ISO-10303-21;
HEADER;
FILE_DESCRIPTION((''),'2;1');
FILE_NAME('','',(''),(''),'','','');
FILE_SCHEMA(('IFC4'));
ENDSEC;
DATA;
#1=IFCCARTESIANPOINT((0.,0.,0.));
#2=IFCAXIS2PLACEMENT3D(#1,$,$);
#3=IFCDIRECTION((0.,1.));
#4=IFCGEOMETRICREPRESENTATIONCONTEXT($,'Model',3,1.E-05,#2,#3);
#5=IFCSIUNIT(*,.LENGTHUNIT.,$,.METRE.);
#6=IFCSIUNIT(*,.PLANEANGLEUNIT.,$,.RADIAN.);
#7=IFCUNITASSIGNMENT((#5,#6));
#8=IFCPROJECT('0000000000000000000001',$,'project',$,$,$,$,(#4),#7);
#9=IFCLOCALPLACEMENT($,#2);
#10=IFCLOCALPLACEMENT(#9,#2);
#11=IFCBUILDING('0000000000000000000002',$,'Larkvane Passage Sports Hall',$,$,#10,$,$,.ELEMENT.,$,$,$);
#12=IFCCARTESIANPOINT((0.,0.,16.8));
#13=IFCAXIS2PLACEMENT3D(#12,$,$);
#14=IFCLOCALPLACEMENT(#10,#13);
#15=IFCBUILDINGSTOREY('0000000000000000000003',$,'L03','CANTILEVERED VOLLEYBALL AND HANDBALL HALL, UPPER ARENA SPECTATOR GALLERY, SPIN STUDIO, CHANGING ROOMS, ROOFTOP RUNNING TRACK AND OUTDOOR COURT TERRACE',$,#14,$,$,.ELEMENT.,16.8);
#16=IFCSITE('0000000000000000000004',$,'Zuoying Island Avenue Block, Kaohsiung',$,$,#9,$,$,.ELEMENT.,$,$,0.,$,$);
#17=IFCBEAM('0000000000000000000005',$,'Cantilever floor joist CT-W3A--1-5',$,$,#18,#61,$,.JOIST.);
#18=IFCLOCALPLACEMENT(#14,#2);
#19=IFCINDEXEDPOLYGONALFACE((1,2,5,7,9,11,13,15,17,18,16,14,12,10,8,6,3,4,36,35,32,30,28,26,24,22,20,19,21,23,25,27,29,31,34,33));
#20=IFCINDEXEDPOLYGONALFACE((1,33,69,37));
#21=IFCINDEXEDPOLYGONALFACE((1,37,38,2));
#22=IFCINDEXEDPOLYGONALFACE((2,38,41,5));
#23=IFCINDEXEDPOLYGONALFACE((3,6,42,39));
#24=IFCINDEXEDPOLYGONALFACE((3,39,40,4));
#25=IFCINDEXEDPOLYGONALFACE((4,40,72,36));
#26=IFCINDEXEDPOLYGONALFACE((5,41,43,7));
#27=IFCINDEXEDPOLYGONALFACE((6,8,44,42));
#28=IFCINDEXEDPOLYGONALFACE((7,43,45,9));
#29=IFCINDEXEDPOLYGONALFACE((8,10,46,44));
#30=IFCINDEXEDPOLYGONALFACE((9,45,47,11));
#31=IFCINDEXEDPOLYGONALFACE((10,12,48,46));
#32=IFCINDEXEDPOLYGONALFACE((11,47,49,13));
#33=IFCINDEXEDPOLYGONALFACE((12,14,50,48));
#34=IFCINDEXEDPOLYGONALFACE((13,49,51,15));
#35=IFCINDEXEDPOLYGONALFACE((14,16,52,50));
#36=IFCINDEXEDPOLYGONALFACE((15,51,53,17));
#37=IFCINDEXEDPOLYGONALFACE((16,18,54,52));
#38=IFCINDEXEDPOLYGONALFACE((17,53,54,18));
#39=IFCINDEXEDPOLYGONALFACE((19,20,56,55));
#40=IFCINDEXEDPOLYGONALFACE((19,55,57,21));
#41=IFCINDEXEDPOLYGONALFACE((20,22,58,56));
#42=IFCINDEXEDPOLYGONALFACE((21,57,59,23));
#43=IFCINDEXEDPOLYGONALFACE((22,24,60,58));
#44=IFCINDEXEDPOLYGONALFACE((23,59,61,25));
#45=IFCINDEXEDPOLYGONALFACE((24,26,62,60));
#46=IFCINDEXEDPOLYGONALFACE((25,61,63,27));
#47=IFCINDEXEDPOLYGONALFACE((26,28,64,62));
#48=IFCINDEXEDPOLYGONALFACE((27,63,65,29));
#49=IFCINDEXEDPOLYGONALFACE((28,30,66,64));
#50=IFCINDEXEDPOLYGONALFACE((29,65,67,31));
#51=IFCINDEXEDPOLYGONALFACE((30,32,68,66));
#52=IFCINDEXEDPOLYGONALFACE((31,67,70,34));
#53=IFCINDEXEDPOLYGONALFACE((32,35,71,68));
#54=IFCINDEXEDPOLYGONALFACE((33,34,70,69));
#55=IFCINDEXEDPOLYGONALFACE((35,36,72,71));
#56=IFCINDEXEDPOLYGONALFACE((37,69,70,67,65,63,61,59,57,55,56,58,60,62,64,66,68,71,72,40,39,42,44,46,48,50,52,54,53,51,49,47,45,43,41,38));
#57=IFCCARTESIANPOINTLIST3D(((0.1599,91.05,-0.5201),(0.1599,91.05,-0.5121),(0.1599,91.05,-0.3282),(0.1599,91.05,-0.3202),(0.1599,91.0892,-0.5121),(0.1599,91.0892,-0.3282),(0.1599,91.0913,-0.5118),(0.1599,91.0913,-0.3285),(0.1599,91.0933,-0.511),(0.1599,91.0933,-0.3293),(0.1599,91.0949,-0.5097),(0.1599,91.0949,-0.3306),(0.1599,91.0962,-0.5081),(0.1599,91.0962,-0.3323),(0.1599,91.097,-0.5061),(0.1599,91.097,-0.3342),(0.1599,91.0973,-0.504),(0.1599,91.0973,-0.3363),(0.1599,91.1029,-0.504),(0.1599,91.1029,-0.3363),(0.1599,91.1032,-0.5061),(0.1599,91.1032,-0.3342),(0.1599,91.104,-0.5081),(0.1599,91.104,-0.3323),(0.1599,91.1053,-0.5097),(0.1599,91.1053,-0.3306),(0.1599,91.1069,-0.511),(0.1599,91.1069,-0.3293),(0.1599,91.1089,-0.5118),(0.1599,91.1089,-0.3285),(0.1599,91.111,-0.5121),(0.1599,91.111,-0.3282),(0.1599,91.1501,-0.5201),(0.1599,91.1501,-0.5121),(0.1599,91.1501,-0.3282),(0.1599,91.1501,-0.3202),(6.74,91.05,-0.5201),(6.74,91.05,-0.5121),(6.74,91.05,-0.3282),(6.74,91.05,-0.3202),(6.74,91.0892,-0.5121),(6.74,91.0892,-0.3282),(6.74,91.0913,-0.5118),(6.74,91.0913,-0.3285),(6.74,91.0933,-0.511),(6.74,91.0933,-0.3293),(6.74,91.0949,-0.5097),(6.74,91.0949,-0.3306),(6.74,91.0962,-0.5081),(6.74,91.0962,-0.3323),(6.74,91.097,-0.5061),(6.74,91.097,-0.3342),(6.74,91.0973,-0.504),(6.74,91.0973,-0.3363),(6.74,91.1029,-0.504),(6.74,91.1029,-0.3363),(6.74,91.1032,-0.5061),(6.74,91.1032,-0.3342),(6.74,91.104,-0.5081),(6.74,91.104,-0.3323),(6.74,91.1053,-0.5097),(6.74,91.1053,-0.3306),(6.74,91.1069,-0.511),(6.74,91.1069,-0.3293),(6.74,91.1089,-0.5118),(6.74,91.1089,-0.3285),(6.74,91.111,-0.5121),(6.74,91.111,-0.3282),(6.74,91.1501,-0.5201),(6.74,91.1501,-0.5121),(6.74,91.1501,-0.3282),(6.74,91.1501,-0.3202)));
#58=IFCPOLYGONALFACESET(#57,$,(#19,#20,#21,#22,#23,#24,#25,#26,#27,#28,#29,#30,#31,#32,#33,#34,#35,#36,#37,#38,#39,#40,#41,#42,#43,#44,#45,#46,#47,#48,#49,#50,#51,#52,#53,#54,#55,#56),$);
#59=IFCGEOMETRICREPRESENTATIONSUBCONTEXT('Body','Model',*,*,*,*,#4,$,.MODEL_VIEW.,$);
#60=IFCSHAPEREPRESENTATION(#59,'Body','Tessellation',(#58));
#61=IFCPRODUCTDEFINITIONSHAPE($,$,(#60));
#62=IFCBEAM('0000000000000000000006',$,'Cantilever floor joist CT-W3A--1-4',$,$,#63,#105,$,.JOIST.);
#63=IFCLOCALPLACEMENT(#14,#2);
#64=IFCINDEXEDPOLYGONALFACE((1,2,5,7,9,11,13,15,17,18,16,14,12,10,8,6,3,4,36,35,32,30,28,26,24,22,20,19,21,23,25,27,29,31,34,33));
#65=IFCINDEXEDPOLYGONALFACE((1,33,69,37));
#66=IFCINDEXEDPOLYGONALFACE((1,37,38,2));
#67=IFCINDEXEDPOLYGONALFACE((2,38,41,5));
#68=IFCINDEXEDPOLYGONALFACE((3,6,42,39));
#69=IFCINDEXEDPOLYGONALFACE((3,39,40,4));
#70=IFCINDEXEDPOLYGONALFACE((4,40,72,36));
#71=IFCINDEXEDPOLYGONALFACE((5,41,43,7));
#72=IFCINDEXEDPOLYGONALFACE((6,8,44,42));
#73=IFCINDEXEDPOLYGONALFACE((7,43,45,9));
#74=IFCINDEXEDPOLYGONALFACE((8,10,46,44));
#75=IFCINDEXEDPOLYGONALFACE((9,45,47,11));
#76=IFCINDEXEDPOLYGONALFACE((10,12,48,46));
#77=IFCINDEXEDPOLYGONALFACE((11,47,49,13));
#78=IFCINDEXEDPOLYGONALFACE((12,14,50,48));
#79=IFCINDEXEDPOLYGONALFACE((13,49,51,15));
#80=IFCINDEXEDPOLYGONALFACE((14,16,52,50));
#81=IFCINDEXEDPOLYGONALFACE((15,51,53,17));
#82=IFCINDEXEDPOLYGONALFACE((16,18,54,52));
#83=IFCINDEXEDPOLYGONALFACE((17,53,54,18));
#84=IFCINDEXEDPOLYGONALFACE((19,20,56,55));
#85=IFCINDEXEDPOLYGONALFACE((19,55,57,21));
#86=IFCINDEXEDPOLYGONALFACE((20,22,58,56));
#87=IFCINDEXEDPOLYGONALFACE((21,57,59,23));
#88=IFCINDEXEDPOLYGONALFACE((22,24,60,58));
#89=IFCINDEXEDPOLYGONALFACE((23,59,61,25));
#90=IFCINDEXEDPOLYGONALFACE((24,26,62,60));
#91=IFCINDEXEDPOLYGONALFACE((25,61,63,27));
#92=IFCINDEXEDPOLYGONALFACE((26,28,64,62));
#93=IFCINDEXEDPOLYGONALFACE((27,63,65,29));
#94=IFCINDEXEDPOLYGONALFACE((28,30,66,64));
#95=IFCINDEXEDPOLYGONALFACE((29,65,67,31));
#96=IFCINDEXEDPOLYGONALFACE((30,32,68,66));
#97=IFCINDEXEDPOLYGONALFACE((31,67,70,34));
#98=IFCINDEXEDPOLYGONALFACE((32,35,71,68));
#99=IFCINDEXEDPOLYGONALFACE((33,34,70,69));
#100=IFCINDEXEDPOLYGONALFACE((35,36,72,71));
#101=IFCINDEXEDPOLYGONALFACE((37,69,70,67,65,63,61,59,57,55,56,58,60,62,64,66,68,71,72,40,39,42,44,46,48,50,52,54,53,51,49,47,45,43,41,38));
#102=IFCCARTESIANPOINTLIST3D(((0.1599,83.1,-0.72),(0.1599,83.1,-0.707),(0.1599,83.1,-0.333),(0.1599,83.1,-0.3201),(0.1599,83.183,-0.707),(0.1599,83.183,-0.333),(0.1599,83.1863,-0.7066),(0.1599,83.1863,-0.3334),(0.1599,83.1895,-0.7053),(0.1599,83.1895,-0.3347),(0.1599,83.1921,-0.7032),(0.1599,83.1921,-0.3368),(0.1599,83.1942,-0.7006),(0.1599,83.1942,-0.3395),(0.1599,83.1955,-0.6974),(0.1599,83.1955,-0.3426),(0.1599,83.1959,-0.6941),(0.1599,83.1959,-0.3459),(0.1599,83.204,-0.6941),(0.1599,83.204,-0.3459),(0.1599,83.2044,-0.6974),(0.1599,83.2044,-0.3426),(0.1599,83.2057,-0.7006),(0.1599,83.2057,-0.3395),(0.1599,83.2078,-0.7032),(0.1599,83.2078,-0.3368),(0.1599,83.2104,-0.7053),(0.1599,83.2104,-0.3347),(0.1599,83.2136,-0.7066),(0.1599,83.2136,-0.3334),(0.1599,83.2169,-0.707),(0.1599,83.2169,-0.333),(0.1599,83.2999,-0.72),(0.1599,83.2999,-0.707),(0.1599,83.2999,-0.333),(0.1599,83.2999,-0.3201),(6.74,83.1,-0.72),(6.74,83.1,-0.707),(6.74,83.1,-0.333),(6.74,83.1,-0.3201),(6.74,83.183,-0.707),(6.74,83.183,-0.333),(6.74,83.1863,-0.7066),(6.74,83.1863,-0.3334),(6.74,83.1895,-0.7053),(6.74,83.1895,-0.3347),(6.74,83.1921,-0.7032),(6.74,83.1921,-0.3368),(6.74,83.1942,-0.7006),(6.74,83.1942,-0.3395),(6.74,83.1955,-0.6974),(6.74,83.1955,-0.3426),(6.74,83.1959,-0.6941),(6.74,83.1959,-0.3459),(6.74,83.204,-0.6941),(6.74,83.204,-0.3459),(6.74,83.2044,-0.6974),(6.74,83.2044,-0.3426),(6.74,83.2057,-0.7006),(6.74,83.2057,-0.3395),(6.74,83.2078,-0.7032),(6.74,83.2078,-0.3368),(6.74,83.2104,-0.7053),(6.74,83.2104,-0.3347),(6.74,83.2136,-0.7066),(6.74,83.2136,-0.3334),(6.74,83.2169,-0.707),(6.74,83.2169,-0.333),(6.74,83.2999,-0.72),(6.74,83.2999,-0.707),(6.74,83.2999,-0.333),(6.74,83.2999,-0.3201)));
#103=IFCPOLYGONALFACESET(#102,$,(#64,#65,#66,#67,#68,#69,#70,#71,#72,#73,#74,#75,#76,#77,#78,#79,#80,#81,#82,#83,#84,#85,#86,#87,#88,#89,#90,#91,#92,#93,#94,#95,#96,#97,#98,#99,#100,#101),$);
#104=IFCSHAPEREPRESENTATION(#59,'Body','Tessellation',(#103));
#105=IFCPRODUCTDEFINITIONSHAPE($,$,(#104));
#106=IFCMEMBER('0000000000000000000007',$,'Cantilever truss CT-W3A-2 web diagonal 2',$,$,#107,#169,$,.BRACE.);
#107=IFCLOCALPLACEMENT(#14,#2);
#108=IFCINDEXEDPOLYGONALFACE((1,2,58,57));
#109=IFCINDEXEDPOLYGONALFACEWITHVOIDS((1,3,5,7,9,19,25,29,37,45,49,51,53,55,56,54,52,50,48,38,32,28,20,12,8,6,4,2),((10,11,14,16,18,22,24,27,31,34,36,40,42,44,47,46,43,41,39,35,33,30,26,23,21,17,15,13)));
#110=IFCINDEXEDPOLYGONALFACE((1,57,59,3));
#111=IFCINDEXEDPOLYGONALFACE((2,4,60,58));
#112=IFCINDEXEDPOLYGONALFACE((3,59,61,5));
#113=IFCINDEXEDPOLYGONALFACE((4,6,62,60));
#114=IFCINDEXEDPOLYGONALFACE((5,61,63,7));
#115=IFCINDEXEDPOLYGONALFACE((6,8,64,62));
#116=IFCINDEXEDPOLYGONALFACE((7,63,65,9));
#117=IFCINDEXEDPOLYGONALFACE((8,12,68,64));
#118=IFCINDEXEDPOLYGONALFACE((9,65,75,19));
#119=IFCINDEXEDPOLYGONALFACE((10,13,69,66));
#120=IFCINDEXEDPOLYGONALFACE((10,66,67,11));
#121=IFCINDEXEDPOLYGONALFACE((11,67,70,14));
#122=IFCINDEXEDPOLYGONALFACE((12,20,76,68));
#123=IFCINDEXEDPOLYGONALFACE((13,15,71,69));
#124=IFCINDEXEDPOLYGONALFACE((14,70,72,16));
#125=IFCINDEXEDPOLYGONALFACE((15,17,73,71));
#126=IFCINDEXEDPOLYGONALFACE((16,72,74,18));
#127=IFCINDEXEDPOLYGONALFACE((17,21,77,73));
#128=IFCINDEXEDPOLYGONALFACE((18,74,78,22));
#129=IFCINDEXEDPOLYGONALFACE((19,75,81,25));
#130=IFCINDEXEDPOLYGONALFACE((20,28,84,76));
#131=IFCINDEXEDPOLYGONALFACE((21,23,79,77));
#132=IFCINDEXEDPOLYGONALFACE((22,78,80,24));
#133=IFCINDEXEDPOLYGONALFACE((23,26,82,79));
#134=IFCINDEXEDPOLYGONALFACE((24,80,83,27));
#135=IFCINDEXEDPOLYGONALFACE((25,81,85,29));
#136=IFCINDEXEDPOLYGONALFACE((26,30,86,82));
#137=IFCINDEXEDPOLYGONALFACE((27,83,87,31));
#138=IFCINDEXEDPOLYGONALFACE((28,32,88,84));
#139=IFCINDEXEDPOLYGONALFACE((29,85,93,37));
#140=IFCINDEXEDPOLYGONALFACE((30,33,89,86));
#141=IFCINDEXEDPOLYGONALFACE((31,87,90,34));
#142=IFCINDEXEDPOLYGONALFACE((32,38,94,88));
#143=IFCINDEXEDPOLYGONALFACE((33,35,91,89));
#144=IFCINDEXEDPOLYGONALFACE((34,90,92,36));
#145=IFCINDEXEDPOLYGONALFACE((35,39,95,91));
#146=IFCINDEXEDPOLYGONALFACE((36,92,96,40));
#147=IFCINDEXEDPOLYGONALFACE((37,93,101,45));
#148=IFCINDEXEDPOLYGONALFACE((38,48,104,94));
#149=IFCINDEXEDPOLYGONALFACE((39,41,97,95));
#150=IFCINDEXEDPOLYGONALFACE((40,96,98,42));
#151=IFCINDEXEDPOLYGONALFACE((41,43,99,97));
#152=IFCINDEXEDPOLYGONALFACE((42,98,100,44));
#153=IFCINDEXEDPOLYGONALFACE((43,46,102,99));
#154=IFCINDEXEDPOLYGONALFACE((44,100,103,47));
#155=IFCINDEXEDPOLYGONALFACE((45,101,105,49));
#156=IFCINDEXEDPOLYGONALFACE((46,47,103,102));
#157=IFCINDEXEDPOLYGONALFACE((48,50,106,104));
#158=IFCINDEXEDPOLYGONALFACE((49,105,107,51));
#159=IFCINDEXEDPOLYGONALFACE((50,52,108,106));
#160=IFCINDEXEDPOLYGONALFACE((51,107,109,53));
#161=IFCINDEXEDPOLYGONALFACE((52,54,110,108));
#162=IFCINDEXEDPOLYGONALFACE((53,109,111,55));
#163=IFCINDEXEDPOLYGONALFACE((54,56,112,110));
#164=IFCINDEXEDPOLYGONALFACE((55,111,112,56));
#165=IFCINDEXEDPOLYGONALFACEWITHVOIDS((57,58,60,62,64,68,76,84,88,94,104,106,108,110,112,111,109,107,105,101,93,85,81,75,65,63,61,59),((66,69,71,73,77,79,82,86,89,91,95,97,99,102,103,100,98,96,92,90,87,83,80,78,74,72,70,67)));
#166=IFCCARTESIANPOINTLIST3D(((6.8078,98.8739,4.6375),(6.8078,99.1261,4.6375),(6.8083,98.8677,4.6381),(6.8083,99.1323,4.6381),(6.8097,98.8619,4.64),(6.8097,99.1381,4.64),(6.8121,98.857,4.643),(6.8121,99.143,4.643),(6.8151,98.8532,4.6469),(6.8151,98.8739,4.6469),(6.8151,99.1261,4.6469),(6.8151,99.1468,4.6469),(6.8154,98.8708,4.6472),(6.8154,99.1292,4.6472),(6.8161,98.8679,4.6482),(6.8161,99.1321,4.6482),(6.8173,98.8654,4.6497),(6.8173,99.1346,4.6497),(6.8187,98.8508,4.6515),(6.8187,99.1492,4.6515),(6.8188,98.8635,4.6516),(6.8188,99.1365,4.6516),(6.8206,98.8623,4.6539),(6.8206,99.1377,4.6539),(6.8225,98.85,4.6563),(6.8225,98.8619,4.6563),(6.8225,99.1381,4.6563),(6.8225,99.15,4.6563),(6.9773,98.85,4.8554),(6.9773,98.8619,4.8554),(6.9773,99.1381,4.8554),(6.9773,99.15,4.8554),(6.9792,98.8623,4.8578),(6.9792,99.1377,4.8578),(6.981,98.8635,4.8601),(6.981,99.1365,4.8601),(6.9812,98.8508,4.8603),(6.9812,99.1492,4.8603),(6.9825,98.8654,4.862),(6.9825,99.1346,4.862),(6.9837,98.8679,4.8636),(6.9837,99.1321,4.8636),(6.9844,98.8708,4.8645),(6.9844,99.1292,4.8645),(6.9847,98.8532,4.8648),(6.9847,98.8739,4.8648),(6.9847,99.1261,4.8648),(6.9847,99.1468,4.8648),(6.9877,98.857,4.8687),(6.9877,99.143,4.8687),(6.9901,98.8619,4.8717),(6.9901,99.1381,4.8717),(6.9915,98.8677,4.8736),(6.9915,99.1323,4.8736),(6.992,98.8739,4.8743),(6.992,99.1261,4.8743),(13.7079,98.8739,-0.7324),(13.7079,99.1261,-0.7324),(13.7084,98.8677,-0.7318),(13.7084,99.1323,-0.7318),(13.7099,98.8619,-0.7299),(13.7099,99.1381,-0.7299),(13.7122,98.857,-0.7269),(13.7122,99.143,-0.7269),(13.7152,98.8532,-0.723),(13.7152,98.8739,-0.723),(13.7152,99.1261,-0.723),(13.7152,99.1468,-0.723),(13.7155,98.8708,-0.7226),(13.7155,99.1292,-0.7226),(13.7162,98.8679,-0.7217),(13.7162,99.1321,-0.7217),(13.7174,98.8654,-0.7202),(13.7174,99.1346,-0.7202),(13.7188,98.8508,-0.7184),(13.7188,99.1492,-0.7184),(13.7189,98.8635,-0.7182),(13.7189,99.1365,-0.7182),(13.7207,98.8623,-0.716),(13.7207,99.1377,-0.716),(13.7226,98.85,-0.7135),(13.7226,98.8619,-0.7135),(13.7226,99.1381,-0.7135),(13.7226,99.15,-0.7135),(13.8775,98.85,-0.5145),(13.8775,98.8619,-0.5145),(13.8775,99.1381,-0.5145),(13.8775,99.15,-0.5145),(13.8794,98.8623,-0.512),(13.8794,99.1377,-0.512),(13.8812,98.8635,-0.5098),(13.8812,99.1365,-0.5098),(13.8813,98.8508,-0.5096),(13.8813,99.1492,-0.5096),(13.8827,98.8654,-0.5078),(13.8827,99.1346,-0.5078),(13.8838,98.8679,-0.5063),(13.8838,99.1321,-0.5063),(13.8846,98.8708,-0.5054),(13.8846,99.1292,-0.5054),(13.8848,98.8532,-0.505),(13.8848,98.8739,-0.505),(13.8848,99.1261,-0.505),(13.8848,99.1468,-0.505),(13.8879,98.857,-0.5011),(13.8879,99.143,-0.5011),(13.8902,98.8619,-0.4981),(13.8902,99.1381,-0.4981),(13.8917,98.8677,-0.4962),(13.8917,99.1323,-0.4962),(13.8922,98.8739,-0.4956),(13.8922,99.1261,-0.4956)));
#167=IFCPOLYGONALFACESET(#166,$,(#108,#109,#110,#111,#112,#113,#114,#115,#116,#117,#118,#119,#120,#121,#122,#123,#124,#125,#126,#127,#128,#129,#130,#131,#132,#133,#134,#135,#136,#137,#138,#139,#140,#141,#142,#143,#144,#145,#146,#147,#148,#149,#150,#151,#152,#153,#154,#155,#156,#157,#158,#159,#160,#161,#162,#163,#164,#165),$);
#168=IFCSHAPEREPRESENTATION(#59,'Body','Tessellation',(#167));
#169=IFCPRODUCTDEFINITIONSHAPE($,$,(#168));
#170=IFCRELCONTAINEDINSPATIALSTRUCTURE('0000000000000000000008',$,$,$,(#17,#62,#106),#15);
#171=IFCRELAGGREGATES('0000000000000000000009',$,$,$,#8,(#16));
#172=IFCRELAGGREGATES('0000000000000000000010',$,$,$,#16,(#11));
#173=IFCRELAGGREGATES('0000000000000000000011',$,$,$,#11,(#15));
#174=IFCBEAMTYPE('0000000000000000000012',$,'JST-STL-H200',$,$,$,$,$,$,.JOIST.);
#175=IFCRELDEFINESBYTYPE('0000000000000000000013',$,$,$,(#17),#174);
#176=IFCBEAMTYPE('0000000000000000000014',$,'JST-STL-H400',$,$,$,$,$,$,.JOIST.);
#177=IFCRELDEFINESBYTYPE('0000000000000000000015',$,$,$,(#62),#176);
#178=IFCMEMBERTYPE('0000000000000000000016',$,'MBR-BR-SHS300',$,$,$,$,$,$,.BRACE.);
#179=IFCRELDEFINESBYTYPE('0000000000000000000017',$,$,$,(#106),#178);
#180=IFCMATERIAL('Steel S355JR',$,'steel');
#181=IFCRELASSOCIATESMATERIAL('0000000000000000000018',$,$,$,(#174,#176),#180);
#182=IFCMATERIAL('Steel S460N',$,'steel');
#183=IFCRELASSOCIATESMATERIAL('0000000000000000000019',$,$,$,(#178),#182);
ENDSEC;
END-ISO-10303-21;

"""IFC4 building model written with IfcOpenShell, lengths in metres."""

from ifc_helpers import new_model, si_unit, direction, frame, origin, origin_2d, place, context, subcontext, project, spatial, hollow_rectangle, i_section, extrude, material, material_profile, profile_set, type_object, element, save


model = new_model("IFC4")

# Units and contexts
model_context = context("Model", 3, precision=1e-05, world=origin(), true_north=direction((0.0, 1.0)))
body_context = subcontext(model_context, "Body", "Model", "MODEL_VIEW")
ifc_project = project(units=[si_unit("LENGTHUNIT", "METRE"), si_unit("PLANEANGLEUNIT", "RADIAN")], contexts=[model_context])

# Site, building, storey
site_placement = place(None, origin())
site = spatial("IfcSite", under=ifc_project, at=site_placement, Name="Zuoying Island Avenue Block, Kaohsiung", CompositionType="ELEMENT", RefElevation=0.0)
building_placement = place(site_placement, origin())
building = spatial("IfcBuilding", under=site, at=building_placement, Name="Larkvane Passage Sports Hall", CompositionType="ELEMENT")
storey_placement = place(building_placement, frame((0.0, 0.0, 16.8)))
storey = spatial("IfcBuildingStorey", under=building, at=storey_placement, Name="L03", Description="CANTILEVERED VOLLEYBALL AND HANDBALL HALL, UPPER ARENA SPECTATOR GALLERY, SPIN STUDIO, CHANGING ROOMS, ROOFTOP RUNNING TRACK AND OUTDOOR COURT TERRACE", CompositionType="ELEMENT", Elevation=16.8)

# Shared definitions
ifc_material_1 = material(Name="Steel S460N", Category="steel")

# Beams
ifc_material_2 = material(Name="Steel S355JR", Category="steel")
ifc_material_profile_1 = material_profile(ifc_material_2, i_section(OverallWidth=0.1001, OverallDepth=0.2, WebThickness=0.0056, FlangeThickness=0.0081, FilletRadius=0.0081, at=origin_2d()), Name="H-200x100x5.5x8")
ifc_profile_set_1 = profile_set([ifc_material_profile_1], Name="Steel S355JR")
beam_type_1 = type_object("IfcBeamType", Name="JST-STL-H200", PredefinedType="JOIST", material=ifc_profile_set_1)
beam_1_placement = place(storey_placement, frame((0.1599, 91.1001, -0.4202), z_axis=(1.0, 0.0, 0.0), x_axis=(0.0, 1.0, 0.0)))
element("IfcBeam", 1, at=beam_1_placement, inside=storey, type_object=beam_type_1, Name="Cantilever floor joist CT-W3A--1-5", PredefinedType="JOIST", context=body_context, shape_type="SweptSolid", body=[
    extrude(i_section(OverallWidth=0.1001, OverallDepth=0.2, WebThickness=0.0056, FlangeThickness=0.0081, FilletRadius=0.0081, at=origin_2d()), origin(), (0.0, 0.0, 1.0), 6.5801),
])
ifc_material_profile_2 = material_profile(ifc_material_2, i_section(OverallWidth=0.2, OverallDepth=0.3999, WebThickness=0.0081, FlangeThickness=0.0129, FilletRadius=0.0129, at=origin_2d()), Name="H-400x200x8x13")
ifc_profile_set_2 = profile_set([ifc_material_profile_2], Name="Steel S355JR")
beam_type_2 = type_object("IfcBeamType", Name="JST-STL-H400", PredefinedType="JOIST", material=ifc_profile_set_2)
beam_2_placement = place(storey_placement, frame((0.1599, 83.2, -0.52), z_axis=(1.0, 0.0, 0.0), x_axis=(0.0, 1.0, 0.0)))
element("IfcBeam", 2, at=beam_2_placement, inside=storey, type_object=beam_type_2, Name="Cantilever floor joist CT-W3A--1-4", PredefinedType="JOIST", context=body_context, shape_type="SweptSolid", body=[
    extrude(i_section(OverallWidth=0.2, OverallDepth=0.3999, WebThickness=0.0081, FlangeThickness=0.0129, FilletRadius=0.0129, at=origin_2d()), origin(), (0.0, 0.0, 1.0), 6.5801),
])

# Member
ifc_material_profile_3 = material_profile(ifc_material_1, hollow_rectangle(XDim=0.3, YDim=0.3, WallThickness=0.012, InnerFilletRadius=0.012, OuterFilletRadius=0.0239, at=origin_2d()), Name="SHS-300x300x12")
ifc_profile_set_3 = profile_set([ifc_material_profile_3], Name="Steel S460N")
member_type_1 = type_object("IfcMemberType", Name="MBR-BR-SHS300", PredefinedType="BRACE", material=ifc_profile_set_3)
member_1_placement = place(storey_placement, frame((6.8999, 99.0, 4.7559), z_axis=(0.789181, 0.0, -0.614161), x_axis=(0.0, 1.0, 0.0)))
element("IfcMember", 3, at=member_1_placement, inside=storey, type_object=member_type_1, Name="Cantilever truss CT-W3A-2 web diagonal 2", PredefinedType="BRACE", context=body_context, shape_type="SweptSolid", body=[
    extrude(hollow_rectangle(XDim=0.3, YDim=0.3, WallThickness=0.012, InnerFilletRadius=0.012, OuterFilletRadius=0.0239, at=origin_2d()), origin(), (0.0, 0.0, 1.0), 8.7434),
])

save(model, "model.ifc")
